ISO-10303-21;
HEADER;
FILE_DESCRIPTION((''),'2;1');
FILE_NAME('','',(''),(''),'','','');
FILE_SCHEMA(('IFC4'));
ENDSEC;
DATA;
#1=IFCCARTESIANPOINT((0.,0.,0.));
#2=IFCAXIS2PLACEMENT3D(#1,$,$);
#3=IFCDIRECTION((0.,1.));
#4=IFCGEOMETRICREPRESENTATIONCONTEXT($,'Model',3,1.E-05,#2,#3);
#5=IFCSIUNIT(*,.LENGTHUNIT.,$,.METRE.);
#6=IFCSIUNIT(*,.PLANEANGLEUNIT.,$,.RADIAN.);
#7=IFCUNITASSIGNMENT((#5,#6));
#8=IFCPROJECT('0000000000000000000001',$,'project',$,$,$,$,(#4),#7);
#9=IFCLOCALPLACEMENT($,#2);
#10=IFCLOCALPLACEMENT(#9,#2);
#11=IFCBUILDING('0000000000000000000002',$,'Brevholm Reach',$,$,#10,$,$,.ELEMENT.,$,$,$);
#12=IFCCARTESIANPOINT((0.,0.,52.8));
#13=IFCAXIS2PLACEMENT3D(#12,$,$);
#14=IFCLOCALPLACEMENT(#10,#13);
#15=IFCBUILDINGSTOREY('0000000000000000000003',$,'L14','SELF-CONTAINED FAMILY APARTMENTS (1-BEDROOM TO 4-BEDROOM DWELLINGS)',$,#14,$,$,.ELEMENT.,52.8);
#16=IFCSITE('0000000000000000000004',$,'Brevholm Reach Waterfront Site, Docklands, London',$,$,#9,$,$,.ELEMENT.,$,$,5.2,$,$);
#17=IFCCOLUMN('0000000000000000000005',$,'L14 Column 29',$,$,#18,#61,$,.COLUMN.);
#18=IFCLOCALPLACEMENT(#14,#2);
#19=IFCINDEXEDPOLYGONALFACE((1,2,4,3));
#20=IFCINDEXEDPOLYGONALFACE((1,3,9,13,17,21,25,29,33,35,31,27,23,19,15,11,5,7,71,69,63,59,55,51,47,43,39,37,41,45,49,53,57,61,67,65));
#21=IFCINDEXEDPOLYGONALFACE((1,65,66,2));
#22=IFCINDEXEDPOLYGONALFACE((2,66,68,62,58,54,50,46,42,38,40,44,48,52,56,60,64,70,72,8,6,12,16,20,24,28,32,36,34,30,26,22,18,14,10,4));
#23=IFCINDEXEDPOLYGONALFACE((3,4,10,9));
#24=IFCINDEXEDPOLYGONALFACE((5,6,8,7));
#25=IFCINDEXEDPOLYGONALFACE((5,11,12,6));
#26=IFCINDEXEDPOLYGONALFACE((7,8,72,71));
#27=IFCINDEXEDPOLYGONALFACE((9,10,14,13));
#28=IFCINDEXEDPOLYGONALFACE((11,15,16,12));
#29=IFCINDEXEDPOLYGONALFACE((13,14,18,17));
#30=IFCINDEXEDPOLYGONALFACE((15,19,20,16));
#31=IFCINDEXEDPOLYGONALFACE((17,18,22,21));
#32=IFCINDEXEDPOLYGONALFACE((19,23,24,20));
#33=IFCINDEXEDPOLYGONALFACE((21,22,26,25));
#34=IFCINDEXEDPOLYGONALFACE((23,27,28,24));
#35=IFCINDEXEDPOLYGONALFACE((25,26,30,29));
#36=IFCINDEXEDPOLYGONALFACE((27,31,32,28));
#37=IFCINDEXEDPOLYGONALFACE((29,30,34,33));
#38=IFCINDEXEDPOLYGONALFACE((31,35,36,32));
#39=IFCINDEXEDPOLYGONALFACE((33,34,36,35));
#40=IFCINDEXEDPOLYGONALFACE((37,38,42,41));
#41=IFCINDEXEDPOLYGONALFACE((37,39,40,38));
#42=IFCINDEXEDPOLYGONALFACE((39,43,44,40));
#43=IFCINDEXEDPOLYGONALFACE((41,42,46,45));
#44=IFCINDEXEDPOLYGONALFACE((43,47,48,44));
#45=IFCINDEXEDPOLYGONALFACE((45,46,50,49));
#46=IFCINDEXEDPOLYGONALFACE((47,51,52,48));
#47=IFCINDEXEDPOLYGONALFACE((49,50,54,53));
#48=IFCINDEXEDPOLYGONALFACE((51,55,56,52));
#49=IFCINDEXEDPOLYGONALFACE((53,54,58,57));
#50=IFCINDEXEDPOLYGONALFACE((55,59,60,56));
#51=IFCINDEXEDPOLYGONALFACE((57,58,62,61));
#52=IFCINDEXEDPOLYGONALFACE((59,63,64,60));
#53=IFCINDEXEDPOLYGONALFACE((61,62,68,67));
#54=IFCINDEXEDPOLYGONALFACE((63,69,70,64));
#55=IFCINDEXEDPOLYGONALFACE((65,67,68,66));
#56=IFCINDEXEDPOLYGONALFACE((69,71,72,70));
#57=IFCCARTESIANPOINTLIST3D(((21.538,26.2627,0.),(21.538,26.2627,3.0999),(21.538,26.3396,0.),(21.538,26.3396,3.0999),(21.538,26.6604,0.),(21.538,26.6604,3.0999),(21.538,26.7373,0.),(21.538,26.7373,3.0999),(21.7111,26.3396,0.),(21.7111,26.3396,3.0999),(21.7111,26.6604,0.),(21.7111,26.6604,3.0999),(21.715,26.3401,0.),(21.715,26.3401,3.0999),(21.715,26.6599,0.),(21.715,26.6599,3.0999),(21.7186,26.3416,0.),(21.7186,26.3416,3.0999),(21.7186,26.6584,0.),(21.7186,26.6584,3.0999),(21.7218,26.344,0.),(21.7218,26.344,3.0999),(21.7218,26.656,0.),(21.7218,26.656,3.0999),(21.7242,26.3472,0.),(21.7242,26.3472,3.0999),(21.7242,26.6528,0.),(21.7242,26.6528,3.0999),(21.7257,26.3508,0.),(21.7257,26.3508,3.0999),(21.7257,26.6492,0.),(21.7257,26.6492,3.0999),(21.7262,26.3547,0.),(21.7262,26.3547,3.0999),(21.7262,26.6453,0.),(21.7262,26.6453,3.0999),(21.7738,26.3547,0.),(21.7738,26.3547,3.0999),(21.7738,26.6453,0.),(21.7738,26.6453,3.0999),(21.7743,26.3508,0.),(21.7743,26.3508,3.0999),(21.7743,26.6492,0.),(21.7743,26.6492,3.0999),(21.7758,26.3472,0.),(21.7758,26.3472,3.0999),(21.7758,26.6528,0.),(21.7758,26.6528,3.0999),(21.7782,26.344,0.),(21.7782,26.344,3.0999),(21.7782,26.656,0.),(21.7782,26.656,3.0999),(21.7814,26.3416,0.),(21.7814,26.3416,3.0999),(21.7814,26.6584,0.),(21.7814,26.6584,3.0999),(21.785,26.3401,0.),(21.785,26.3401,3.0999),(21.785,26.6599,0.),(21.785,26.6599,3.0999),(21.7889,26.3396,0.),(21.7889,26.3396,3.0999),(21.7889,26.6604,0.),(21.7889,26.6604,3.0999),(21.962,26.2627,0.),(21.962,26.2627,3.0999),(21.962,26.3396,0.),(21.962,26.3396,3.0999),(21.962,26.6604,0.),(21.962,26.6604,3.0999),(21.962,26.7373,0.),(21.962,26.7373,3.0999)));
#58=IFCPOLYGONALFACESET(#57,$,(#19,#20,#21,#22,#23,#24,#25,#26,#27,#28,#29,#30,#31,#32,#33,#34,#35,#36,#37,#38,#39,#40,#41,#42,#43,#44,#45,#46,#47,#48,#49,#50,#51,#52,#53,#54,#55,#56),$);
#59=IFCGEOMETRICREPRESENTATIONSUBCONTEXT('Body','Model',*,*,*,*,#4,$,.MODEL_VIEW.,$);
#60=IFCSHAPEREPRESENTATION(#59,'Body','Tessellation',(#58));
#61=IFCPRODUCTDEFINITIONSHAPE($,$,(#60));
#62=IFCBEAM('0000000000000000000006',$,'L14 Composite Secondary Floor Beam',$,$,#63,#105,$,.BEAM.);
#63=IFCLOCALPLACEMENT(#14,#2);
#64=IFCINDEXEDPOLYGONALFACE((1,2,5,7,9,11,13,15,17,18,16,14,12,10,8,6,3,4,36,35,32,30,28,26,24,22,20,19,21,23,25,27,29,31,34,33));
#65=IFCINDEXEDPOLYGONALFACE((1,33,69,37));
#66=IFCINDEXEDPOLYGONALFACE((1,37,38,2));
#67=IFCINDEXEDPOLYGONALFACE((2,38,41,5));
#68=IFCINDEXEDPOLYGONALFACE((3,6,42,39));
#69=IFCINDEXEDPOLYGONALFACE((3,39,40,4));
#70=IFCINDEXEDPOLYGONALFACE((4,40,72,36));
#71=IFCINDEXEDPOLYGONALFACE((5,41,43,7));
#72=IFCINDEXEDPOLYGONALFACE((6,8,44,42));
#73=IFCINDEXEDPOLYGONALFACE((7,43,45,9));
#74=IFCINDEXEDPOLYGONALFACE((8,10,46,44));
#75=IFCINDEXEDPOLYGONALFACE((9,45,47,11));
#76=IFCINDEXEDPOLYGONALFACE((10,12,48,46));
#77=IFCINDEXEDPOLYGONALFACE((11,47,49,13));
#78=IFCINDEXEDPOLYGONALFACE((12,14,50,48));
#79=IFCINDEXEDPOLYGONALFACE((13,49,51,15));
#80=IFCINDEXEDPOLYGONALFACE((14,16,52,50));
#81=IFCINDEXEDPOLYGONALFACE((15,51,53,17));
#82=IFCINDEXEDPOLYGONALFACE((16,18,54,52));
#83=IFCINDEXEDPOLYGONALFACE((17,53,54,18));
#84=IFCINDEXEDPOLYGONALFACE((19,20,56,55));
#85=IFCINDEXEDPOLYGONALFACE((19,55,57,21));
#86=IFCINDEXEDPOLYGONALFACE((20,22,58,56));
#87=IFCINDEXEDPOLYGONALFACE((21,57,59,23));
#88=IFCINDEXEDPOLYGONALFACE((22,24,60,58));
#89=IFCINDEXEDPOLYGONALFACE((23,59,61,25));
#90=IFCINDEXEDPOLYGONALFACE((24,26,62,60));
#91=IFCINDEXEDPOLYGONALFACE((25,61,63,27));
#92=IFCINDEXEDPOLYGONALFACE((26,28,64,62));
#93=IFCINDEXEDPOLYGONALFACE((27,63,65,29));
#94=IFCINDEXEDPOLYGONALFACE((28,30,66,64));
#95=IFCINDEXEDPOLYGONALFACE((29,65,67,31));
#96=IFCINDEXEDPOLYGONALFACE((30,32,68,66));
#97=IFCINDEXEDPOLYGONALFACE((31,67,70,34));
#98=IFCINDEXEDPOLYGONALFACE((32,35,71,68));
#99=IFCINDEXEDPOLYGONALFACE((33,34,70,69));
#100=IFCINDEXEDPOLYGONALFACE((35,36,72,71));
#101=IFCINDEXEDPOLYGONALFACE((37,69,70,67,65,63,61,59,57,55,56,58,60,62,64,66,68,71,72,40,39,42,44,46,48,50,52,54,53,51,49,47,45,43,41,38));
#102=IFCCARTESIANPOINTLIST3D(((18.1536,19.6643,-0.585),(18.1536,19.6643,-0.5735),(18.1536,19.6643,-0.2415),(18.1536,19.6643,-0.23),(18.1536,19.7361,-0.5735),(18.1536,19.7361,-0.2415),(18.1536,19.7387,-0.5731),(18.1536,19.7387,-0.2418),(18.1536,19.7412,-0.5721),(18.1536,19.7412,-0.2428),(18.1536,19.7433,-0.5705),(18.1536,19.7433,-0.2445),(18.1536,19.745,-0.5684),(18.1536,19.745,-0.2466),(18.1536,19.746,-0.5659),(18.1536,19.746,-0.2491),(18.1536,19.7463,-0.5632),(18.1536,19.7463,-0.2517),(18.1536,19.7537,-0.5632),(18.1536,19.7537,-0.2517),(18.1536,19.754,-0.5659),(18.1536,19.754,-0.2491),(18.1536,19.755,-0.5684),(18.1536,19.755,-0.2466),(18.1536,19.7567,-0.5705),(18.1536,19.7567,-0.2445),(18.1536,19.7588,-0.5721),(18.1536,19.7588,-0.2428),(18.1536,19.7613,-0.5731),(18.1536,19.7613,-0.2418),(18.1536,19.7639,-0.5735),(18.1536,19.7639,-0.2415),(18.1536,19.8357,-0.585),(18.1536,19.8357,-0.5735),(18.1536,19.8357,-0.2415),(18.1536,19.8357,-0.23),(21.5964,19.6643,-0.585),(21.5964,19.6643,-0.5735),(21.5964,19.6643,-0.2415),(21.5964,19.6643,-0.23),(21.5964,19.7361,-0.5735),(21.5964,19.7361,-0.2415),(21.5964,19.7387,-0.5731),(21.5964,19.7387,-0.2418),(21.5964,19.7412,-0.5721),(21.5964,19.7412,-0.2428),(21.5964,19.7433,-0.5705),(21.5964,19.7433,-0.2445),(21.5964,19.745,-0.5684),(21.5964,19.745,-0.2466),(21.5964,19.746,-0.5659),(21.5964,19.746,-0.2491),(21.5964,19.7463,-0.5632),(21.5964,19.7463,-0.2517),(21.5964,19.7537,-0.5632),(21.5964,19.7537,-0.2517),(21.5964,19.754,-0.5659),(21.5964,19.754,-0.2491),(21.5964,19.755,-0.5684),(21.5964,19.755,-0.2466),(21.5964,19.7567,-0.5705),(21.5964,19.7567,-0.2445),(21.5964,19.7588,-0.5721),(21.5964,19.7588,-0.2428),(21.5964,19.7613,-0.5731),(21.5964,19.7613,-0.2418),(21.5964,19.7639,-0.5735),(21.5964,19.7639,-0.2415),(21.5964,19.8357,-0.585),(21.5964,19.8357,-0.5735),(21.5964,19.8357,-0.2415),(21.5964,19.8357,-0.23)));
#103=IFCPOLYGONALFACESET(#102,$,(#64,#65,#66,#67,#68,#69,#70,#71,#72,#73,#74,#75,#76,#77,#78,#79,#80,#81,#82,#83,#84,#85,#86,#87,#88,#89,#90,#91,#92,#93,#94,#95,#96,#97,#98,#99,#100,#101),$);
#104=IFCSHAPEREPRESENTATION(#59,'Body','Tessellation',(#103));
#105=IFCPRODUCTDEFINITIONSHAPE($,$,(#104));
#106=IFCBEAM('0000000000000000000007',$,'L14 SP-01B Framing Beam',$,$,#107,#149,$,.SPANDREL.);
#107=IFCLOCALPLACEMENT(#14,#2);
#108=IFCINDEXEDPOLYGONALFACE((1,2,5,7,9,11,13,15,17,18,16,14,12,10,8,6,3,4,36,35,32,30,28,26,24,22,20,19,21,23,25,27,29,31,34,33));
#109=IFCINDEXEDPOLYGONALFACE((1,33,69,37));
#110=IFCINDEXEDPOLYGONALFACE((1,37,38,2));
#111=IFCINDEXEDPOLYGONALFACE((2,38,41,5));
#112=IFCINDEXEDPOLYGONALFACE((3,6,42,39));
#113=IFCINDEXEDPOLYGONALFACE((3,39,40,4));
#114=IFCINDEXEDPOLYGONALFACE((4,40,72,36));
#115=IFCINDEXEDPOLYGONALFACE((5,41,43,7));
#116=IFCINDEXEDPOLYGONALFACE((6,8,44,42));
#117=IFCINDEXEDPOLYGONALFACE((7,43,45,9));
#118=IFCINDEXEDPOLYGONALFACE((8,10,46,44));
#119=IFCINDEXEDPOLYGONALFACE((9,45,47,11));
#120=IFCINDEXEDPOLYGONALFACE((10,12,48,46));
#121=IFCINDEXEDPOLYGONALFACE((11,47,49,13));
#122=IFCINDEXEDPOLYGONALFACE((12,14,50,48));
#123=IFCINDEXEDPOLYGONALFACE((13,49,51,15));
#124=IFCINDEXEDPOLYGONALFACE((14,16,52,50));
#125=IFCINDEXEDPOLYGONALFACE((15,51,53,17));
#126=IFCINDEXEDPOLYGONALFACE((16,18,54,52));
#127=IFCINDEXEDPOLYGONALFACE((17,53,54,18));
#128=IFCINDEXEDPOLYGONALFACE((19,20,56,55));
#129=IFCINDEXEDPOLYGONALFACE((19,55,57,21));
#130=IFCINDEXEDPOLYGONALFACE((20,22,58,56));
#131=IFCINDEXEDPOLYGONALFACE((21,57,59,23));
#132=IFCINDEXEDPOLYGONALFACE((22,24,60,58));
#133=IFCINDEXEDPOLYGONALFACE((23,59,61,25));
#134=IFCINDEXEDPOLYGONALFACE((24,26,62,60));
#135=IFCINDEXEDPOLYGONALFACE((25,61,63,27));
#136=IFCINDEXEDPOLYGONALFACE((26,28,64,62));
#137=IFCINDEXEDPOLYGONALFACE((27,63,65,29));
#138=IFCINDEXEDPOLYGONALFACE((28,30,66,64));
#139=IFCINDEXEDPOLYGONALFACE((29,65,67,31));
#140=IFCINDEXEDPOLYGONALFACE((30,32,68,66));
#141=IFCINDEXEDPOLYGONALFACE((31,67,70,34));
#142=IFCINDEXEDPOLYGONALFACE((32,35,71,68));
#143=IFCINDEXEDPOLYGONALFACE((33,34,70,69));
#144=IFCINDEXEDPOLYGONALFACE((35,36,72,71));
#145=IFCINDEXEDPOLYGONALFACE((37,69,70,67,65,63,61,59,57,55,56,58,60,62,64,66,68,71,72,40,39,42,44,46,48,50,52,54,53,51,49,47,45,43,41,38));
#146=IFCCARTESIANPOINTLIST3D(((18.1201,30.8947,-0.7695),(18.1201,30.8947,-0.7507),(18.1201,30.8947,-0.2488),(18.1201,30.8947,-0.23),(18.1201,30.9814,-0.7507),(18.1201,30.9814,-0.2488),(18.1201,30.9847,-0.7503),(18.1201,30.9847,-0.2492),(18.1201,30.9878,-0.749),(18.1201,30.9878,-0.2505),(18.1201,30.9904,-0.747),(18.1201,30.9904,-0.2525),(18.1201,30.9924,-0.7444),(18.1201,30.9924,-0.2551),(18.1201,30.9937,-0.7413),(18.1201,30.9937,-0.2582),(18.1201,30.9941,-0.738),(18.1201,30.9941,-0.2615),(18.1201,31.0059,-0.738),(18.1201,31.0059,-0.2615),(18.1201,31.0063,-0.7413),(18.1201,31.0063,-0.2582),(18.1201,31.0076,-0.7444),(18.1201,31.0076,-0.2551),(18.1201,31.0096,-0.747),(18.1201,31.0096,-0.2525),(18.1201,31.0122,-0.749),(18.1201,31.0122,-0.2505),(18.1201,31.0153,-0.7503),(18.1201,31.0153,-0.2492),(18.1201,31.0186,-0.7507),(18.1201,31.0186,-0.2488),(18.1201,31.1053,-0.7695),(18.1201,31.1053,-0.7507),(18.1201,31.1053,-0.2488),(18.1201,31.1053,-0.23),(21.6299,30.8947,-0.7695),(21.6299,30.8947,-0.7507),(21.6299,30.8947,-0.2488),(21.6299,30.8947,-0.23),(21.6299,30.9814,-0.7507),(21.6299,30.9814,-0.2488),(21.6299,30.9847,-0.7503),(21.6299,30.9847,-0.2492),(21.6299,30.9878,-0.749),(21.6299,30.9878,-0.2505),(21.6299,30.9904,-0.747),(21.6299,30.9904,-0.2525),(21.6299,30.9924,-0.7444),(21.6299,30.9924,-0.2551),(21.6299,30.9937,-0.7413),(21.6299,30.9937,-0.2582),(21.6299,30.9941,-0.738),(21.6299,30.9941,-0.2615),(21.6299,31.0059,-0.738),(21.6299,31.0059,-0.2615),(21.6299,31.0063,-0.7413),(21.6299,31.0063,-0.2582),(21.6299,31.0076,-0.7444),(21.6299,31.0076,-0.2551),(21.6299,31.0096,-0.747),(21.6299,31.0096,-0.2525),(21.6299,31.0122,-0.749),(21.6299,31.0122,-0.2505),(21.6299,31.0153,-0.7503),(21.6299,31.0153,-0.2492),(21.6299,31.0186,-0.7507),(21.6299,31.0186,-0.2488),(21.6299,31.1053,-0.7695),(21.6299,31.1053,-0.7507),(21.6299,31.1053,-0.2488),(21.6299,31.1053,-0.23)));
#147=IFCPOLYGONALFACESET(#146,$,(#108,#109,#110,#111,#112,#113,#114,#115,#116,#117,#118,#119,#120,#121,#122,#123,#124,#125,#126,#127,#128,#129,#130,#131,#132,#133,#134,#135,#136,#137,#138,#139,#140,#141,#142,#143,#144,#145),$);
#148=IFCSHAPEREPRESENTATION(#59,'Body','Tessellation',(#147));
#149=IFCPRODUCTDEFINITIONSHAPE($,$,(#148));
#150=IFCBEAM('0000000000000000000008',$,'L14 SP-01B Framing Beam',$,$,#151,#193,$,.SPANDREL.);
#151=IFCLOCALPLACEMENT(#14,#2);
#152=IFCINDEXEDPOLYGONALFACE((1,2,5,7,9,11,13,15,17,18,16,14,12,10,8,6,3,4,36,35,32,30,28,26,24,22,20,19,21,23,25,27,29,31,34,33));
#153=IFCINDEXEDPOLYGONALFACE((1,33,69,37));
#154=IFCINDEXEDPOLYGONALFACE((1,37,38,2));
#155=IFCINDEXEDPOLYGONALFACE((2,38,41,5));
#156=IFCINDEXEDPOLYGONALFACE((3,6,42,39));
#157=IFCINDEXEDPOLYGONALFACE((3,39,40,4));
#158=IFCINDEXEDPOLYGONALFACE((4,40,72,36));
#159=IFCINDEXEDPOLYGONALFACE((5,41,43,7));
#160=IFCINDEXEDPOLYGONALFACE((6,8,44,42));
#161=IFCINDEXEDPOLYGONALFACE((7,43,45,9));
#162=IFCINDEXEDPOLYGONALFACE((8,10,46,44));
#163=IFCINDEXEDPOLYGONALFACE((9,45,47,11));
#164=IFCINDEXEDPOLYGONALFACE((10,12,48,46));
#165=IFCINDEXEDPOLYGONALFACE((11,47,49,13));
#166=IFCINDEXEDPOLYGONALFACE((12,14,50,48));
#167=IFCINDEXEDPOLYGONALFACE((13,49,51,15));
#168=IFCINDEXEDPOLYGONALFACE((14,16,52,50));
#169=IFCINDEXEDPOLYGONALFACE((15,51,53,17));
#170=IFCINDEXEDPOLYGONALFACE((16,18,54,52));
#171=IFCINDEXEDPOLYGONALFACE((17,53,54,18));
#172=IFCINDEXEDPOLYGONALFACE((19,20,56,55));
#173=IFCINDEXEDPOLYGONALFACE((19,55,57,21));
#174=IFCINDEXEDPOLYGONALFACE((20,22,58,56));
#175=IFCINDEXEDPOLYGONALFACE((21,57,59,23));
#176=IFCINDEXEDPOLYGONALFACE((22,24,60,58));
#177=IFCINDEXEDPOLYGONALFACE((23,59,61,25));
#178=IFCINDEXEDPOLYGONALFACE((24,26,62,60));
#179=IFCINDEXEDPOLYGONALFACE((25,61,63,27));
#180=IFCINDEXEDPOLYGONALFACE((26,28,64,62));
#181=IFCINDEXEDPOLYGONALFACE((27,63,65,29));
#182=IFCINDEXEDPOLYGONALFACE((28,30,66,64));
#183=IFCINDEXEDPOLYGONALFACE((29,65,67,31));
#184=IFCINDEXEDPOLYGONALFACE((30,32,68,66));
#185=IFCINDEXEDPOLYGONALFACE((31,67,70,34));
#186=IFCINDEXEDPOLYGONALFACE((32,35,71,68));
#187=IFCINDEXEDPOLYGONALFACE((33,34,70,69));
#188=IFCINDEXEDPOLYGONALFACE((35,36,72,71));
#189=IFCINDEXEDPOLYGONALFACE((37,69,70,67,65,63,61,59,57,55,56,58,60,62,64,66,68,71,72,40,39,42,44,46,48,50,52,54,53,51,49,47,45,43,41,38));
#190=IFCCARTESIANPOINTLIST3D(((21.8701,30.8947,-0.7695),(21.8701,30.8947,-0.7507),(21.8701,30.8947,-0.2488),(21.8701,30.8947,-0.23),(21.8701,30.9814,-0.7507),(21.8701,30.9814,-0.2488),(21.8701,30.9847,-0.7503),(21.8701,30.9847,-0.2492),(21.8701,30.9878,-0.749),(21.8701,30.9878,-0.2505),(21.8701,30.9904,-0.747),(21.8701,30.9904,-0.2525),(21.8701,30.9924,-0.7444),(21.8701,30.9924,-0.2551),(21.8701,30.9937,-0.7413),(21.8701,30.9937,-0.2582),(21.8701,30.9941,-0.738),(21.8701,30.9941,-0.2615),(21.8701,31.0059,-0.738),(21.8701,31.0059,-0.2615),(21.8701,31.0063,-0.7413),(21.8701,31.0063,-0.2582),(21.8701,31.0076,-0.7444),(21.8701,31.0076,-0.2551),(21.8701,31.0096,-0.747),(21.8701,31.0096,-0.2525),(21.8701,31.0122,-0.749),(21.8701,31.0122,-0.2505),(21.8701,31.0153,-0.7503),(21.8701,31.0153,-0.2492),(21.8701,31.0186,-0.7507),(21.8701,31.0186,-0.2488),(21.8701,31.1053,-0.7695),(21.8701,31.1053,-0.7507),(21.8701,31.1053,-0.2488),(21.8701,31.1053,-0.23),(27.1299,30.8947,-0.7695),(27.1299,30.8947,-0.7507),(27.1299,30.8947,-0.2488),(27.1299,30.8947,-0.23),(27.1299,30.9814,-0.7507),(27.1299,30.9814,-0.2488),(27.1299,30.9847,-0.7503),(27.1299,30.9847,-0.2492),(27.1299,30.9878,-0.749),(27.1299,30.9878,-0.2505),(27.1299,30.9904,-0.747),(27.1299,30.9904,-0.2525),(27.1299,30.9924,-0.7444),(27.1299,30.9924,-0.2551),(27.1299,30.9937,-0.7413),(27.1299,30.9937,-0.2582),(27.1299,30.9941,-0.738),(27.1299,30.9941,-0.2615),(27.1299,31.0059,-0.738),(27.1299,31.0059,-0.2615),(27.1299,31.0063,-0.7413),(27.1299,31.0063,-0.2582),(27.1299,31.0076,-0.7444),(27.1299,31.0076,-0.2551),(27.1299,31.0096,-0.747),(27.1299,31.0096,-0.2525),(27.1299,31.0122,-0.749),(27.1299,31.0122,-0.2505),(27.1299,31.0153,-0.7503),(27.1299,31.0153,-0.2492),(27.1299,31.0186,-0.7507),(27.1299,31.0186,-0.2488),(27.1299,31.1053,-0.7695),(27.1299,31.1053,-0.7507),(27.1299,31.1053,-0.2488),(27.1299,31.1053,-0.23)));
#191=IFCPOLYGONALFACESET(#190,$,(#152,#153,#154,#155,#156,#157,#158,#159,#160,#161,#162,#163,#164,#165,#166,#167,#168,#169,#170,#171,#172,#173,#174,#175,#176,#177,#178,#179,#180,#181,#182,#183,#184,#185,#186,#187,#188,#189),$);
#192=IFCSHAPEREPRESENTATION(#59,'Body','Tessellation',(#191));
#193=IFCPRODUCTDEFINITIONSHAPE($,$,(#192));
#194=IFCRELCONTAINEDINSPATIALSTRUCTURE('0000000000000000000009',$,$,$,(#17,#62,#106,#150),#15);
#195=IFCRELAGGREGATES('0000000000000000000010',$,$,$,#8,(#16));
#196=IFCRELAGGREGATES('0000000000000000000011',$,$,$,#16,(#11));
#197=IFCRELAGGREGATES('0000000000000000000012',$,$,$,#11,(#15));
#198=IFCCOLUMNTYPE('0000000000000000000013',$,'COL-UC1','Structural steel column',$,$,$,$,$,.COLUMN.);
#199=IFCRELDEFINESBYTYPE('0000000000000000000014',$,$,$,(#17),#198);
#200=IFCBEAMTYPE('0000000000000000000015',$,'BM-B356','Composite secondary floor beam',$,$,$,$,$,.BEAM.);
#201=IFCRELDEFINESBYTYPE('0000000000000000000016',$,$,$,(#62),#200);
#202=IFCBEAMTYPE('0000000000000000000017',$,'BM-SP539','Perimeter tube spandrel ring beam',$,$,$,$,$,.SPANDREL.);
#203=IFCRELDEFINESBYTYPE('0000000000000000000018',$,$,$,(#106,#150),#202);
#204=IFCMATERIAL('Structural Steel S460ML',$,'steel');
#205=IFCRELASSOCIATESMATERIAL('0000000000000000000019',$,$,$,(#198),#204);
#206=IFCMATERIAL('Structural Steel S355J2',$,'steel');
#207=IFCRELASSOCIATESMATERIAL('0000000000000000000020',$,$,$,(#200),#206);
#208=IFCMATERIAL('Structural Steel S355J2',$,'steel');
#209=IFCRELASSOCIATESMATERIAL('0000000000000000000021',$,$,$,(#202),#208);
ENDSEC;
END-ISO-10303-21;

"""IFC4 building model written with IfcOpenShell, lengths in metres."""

from ifc_helpers import new_model, si_unit, direction, frame, origin, origin_2d, place, context, subcontext, project, spatial, i_section, extrude, material, material_profile, profile_set, type_object, element, save


model = new_model("IFC4")

# Units and contexts
model_context = context("Model", 3, precision=1e-05, world=origin(), true_north=direction((0.0, 1.0)))
body_context = subcontext(model_context, "Body", "Model", "MODEL_VIEW")
ifc_project = project(units=[si_unit("LENGTHUNIT", "METRE"), si_unit("PLANEANGLEUNIT", "RADIAN")], contexts=[model_context])

# Site, building, storey
site_placement = place(None, origin())
site = spatial("IfcSite", under=ifc_project, at=site_placement, Name="Brevholm Reach Waterfront Site, Docklands, London", CompositionType="ELEMENT", RefElevation=5.2)
building_placement = place(site_placement, origin())
building = spatial("IfcBuilding", under=site, at=building_placement, Name="Brevholm Reach", CompositionType="ELEMENT")
storey_placement = place(building_placement, frame((0.0, 0.0, 52.8)))
storey = spatial("IfcBuildingStorey", under=building, at=storey_placement, Name="L14", Description="SELF-CONTAINED FAMILY APARTMENTS (1-BEDROOM TO 4-BEDROOM DWELLINGS)", CompositionType="ELEMENT", Elevation=52.8)

# Column
ifc_material_1 = material(Name="Structural Steel S460ML", Category="steel")
ifc_material_profile_1 = material_profile(ifc_material_1, i_section(OverallWidth=0.4241, OverallDepth=0.4746, WebThickness=0.0476, FlangeThickness=0.0769, FilletRadius=0.0151, at=origin_2d()), Name="UKC 356x406x634")
ifc_profile_set_1 = profile_set([ifc_material_profile_1], Name="Structural Steel S460ML")
column_type_1 = type_object("IfcColumnType", Name="COL-UC1", Description="Structural steel column", PredefinedType="COLUMN", material=ifc_profile_set_1)
for number, where, z_axis, x_axis, name in (
    (1, (21.75, 26.5, 0.0), (0.0, 0.0, 1.0), (1.0, 0.0, 0.0), "L14 Column 29"),
):
    element("IfcColumn", number, at=place(storey_placement, frame(where, z_axis=z_axis, x_axis=x_axis)), inside=storey, type_object=column_type_1, Name=name, PredefinedType="COLUMN", context=body_context, shape_type="SweptSolid", body=[
        extrude(i_section(OverallWidth=0.4241, OverallDepth=0.4746, WebThickness=0.0476, FlangeThickness=0.0769, FilletRadius=0.0151, at=origin_2d()), origin(), (0.0, 0.0, 1.0), 3.0999),
    ])

# Beams
ifc_material_2 = material(Name="Structural Steel S355J2", Category="steel")
ifc_material_profile_2 = material_profile(ifc_material_2, i_section(OverallWidth=0.1714, OverallDepth=0.355, WebThickness=0.0073, FlangeThickness=0.0115, FilletRadius=0.0103, at=origin_2d()), Name="UKB 356x171x51")
ifc_profile_set_2 = profile_set([ifc_material_profile_2], Name="Structural Steel S355J2")
beam_type_1 = type_object("IfcBeamType", Name="BM-B356", Description="Composite secondary floor beam", PredefinedType="BEAM", material=ifc_profile_set_2)
beam_1_placement = place(storey_placement, frame((18.1536, 19.75, -0.4075), z_axis=(1.0, 0.0, 0.0), x_axis=(0.0, 1.0, 0.0)))
element("IfcBeam", 2, at=beam_1_placement, inside=storey, type_object=beam_type_1, Name="L14 Composite Secondary Floor Beam", PredefinedType="BEAM", context=body_context, shape_type="SweptSolid", body=[
    extrude(i_section(OverallWidth=0.1714, OverallDepth=0.355, WebThickness=0.0073, FlangeThickness=0.0115, FilletRadius=0.0103, at=origin_2d()), origin(), (0.0, 0.0, 1.0), 3.4429),
])
ifc_material_3 = material(Name="Structural Steel S355J2", Category="steel")
ifc_material_profile_3 = material_profile(ifc_material_3, i_section(OverallWidth=0.2107, OverallDepth=0.5396, WebThickness=0.0117, FlangeThickness=0.0188, FilletRadius=0.0127, at=origin_2d()), Name="UKB 533x210x109")
ifc_profile_set_3 = profile_set([ifc_material_profile_3], Name="Structural Steel S355J2")
beam_type_2 = type_object("IfcBeamType", Name="BM-SP539", Description="Perimeter tube spandrel ring beam", PredefinedType="SPANDREL", material=ifc_profile_set_3)
beam_2_placement = place(storey_placement, frame((18.1201, 31.0, -0.4998), z_axis=(1.0, 0.0, 0.0), x_axis=(0.0, 1.0, 0.0)))
element("IfcBeam", 3, at=beam_2_placement, inside=storey, type_object=beam_type_2, Name="L14 SP-01B Framing Beam", PredefinedType="SPANDREL", context=body_context, shape_type="SweptSolid", body=[
    extrude(i_section(OverallWidth=0.2107, OverallDepth=0.5396, WebThickness=0.0117, FlangeThickness=0.0188, FilletRadius=0.0127, at=origin_2d()), origin(), (0.0, 0.0, 1.0), 3.5098),
])
for number, where, z_axis, x_axis, name in (
    (4, (21.8701, 31.0, -0.4998), (1.0, 0.0, 0.0), (0.0, 1.0, 0.0), "L14 SP-01B Framing Beam"),
):
    element("IfcBeam", number, at=place(storey_placement, frame(where, z_axis=z_axis, x_axis=x_axis)), inside=storey, type_object=beam_type_2, Name=name, PredefinedType="SPANDREL", context=body_context, shape_type="SweptSolid", body=[
        extrude(i_section(OverallWidth=0.2107, OverallDepth=0.5396, WebThickness=0.0117, FlangeThickness=0.0188, FilletRadius=0.0127, at=origin_2d()), origin(), (0.0, 0.0, 1.0), 5.2598),
    ])

save(model, "model.ifc")
